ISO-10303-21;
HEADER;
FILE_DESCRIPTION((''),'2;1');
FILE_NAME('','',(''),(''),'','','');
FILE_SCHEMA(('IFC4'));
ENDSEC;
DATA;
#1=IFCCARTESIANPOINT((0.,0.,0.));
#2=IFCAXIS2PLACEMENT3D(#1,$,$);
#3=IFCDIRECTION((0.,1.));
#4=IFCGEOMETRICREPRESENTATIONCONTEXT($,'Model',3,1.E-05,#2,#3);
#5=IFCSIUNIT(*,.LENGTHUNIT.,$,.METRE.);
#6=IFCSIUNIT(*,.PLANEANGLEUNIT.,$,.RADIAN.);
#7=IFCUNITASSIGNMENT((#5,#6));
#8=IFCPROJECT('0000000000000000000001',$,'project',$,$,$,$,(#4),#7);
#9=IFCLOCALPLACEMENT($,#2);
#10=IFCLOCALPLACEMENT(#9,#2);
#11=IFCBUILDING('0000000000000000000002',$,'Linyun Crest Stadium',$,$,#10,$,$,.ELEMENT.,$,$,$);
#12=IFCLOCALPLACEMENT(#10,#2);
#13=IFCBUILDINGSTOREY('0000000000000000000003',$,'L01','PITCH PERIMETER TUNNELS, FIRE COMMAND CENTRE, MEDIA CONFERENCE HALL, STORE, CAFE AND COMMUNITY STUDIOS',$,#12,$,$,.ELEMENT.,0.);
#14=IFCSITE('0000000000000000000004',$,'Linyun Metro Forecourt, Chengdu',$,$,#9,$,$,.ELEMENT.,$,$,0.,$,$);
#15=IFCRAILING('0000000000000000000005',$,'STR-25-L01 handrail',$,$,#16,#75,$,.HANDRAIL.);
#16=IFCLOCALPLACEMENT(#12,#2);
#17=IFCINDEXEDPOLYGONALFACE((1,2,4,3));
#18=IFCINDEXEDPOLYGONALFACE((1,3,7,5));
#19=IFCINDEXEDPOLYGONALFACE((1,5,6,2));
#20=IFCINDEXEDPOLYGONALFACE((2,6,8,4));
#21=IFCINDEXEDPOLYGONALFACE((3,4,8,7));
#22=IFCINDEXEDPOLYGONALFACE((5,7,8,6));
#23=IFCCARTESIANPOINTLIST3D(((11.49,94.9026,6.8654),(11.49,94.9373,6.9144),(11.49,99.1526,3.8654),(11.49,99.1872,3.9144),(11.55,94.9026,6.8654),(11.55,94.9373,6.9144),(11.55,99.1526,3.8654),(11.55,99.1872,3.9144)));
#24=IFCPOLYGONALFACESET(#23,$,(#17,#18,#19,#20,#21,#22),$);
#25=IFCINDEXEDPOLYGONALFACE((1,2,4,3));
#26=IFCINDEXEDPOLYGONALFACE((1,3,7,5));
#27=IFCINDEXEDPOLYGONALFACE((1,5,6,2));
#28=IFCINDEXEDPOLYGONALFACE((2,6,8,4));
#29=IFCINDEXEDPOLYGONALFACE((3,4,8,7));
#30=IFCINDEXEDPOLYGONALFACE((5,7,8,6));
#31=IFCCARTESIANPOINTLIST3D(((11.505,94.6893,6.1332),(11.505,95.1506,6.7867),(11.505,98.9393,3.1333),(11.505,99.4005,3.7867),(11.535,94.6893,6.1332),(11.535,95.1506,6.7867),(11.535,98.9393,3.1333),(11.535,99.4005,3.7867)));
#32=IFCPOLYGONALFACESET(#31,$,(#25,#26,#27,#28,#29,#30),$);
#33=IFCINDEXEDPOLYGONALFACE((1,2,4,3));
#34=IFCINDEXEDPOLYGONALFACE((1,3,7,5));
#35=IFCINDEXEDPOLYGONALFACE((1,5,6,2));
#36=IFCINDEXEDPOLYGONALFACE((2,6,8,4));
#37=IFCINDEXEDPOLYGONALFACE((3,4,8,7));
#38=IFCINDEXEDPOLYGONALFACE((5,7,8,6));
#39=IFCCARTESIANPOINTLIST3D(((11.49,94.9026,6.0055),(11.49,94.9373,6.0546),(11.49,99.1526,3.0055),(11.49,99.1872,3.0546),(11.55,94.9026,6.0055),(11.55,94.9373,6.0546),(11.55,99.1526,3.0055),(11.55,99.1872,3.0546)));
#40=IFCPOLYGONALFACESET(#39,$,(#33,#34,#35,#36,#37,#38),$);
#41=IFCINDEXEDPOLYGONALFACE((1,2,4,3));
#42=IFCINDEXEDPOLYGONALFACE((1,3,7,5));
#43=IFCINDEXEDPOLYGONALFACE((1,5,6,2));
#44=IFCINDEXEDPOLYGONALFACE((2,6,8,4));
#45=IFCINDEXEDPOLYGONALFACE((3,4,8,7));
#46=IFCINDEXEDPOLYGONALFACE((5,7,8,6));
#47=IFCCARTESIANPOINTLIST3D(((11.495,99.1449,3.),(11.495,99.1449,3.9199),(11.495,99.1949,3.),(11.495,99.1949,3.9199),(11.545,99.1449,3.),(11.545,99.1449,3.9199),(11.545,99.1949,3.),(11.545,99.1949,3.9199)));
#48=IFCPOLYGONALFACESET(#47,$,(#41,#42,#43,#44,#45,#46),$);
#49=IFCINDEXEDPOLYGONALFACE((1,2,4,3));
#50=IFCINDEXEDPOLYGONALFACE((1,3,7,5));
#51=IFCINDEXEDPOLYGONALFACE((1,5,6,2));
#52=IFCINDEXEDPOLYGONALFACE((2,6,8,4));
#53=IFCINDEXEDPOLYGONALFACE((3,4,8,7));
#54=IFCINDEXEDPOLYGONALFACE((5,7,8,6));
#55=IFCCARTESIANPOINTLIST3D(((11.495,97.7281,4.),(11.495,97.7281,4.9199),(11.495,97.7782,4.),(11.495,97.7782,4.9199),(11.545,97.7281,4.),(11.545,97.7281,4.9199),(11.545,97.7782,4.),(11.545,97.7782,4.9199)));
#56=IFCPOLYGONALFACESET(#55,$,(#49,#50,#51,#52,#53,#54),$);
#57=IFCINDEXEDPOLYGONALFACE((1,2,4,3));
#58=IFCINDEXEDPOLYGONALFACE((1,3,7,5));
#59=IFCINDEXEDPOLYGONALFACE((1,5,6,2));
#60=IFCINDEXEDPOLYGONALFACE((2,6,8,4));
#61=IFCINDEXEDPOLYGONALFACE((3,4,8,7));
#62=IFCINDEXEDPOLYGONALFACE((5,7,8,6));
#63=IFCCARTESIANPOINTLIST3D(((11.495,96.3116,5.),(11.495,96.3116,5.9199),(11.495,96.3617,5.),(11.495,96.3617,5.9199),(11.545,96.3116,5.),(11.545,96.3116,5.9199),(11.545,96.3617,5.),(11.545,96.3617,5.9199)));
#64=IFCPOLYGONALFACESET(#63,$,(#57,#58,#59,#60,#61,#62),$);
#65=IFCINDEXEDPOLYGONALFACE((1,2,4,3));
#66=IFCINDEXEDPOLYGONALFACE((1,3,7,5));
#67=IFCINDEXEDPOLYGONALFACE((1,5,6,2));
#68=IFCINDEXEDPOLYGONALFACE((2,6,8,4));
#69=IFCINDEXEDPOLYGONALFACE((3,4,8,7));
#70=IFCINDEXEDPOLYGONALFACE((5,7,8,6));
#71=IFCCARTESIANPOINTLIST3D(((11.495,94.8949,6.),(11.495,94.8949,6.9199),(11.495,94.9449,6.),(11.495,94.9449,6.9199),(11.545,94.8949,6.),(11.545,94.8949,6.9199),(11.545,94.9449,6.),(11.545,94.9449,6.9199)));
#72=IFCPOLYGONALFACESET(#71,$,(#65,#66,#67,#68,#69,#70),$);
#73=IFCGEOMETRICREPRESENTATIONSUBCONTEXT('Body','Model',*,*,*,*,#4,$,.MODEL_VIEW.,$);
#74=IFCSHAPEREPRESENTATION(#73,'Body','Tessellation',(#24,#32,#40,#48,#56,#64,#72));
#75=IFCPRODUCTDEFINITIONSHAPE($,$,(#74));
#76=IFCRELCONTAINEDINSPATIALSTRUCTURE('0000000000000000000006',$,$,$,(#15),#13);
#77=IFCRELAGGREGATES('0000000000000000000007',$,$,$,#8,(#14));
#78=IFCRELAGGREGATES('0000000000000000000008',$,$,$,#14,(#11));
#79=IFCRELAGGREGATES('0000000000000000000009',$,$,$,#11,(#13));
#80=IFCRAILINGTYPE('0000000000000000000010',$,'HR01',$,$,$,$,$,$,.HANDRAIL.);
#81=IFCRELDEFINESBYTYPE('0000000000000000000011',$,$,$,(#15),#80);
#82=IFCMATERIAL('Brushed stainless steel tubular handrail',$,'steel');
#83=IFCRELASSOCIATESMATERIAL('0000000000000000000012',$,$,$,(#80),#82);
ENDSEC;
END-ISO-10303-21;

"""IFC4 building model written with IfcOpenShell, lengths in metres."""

from ifc_helpers import new_model, si_unit, direction, frame, origin, origin_2d, place, context, subcontext, project, spatial, rectangle, extrude, material, type_object, element, save


model = new_model("IFC4")

# Units and contexts
model_context = context("Model", 3, precision=1e-05, world=origin(), true_north=direction((0.0, 1.0)))
body_context = subcontext(model_context, "Body", "Model", "MODEL_VIEW")
ifc_project = project(units=[si_unit("LENGTHUNIT", "METRE"), si_unit("PLANEANGLEUNIT", "RADIAN")], contexts=[model_context])

# Site, building, storey
site_placement = place(None, origin())
site = spatial("IfcSite", under=ifc_project, at=site_placement, Name="Linyun Metro Forecourt, Chengdu", CompositionType="ELEMENT", RefElevation=0.0)
building_placement = place(site_placement, origin())
building = spatial("IfcBuilding", under=site, at=building_placement, Name="Linyun Crest Stadium", CompositionType="ELEMENT")
storey_placement = place(building_placement, origin())
storey = spatial("IfcBuildingStorey", under=building, at=storey_placement, Name="L01", Description="PITCH PERIMETER TUNNELS, FIRE COMMAND CENTRE, MEDIA CONFERENCE HALL, STORE, CAFE AND COMMUNITY STUDIOS", CompositionType="ELEMENT", Elevation=0.0)

# Railing
ifc_material_1 = material(Name="Brushed stainless steel tubular handrail", Category="steel")
railing_type_1 = type_object("IfcRailingType", Name="HR01", PredefinedType="HANDRAIL", material=ifc_material_1)
railing_1_placement = place(storey_placement, frame((11.52, 99.1699, 3.0)))
element("IfcRailing", 1, at=railing_1_placement, inside=storey, type_object=railing_type_1, Name="STR-25-L01 handrail", PredefinedType="HANDRAIL", context=body_context, shape_type="SweptSolid", body=[
    extrude(rectangle(XDim=0.0601, YDim=0.0601, at=origin_2d()), frame((0.0, 0.0, 0.8899), z_axis=(0.0, -0.816968, 0.576683), x_axis=(1.0, 0.0, 0.0)), (0.0, 0.0, 1.0), 5.2021),
    extrude(rectangle(XDim=0.03, YDim=0.7998, at=origin_2d()), frame((0.0, 0.0, 0.46), z_axis=(0.0, -0.816968, 0.576683), x_axis=(1.0, 0.0, 0.0)), (0.0, 0.0, 1.0), 5.2021),
    extrude(rectangle(XDim=0.0601, YDim=0.0601, at=origin_2d()), frame((0.0, 0.0, 0.03), z_axis=(0.0, -0.816968, 0.576683), x_axis=(1.0, 0.0, 0.0)), (0.0, 0.0, 1.0), 5.2021),
    extrude(rectangle(XDim=0.05, YDim=0.05, at=origin_2d()), origin(), (0.0, 0.0, 1.0), 0.9199),
    extrude(rectangle(XDim=0.05, YDim=0.05, at=origin_2d()), frame((0.0, -1.4167, 1.0)), (0.0, 0.0, 1.0), 0.9199),
    extrude(rectangle(XDim=0.05, YDim=0.05, at=origin_2d()), frame((0.0, -2.8333, 2.0)), (0.0, 0.0, 1.0), 0.9199),
    extrude(rectangle(XDim=0.05, YDim=0.05, at=origin_2d()), frame((0.0, -4.25, 3.0)), (0.0, 0.0, 1.0), 0.9199),
])

save(model, "model.ifc")
